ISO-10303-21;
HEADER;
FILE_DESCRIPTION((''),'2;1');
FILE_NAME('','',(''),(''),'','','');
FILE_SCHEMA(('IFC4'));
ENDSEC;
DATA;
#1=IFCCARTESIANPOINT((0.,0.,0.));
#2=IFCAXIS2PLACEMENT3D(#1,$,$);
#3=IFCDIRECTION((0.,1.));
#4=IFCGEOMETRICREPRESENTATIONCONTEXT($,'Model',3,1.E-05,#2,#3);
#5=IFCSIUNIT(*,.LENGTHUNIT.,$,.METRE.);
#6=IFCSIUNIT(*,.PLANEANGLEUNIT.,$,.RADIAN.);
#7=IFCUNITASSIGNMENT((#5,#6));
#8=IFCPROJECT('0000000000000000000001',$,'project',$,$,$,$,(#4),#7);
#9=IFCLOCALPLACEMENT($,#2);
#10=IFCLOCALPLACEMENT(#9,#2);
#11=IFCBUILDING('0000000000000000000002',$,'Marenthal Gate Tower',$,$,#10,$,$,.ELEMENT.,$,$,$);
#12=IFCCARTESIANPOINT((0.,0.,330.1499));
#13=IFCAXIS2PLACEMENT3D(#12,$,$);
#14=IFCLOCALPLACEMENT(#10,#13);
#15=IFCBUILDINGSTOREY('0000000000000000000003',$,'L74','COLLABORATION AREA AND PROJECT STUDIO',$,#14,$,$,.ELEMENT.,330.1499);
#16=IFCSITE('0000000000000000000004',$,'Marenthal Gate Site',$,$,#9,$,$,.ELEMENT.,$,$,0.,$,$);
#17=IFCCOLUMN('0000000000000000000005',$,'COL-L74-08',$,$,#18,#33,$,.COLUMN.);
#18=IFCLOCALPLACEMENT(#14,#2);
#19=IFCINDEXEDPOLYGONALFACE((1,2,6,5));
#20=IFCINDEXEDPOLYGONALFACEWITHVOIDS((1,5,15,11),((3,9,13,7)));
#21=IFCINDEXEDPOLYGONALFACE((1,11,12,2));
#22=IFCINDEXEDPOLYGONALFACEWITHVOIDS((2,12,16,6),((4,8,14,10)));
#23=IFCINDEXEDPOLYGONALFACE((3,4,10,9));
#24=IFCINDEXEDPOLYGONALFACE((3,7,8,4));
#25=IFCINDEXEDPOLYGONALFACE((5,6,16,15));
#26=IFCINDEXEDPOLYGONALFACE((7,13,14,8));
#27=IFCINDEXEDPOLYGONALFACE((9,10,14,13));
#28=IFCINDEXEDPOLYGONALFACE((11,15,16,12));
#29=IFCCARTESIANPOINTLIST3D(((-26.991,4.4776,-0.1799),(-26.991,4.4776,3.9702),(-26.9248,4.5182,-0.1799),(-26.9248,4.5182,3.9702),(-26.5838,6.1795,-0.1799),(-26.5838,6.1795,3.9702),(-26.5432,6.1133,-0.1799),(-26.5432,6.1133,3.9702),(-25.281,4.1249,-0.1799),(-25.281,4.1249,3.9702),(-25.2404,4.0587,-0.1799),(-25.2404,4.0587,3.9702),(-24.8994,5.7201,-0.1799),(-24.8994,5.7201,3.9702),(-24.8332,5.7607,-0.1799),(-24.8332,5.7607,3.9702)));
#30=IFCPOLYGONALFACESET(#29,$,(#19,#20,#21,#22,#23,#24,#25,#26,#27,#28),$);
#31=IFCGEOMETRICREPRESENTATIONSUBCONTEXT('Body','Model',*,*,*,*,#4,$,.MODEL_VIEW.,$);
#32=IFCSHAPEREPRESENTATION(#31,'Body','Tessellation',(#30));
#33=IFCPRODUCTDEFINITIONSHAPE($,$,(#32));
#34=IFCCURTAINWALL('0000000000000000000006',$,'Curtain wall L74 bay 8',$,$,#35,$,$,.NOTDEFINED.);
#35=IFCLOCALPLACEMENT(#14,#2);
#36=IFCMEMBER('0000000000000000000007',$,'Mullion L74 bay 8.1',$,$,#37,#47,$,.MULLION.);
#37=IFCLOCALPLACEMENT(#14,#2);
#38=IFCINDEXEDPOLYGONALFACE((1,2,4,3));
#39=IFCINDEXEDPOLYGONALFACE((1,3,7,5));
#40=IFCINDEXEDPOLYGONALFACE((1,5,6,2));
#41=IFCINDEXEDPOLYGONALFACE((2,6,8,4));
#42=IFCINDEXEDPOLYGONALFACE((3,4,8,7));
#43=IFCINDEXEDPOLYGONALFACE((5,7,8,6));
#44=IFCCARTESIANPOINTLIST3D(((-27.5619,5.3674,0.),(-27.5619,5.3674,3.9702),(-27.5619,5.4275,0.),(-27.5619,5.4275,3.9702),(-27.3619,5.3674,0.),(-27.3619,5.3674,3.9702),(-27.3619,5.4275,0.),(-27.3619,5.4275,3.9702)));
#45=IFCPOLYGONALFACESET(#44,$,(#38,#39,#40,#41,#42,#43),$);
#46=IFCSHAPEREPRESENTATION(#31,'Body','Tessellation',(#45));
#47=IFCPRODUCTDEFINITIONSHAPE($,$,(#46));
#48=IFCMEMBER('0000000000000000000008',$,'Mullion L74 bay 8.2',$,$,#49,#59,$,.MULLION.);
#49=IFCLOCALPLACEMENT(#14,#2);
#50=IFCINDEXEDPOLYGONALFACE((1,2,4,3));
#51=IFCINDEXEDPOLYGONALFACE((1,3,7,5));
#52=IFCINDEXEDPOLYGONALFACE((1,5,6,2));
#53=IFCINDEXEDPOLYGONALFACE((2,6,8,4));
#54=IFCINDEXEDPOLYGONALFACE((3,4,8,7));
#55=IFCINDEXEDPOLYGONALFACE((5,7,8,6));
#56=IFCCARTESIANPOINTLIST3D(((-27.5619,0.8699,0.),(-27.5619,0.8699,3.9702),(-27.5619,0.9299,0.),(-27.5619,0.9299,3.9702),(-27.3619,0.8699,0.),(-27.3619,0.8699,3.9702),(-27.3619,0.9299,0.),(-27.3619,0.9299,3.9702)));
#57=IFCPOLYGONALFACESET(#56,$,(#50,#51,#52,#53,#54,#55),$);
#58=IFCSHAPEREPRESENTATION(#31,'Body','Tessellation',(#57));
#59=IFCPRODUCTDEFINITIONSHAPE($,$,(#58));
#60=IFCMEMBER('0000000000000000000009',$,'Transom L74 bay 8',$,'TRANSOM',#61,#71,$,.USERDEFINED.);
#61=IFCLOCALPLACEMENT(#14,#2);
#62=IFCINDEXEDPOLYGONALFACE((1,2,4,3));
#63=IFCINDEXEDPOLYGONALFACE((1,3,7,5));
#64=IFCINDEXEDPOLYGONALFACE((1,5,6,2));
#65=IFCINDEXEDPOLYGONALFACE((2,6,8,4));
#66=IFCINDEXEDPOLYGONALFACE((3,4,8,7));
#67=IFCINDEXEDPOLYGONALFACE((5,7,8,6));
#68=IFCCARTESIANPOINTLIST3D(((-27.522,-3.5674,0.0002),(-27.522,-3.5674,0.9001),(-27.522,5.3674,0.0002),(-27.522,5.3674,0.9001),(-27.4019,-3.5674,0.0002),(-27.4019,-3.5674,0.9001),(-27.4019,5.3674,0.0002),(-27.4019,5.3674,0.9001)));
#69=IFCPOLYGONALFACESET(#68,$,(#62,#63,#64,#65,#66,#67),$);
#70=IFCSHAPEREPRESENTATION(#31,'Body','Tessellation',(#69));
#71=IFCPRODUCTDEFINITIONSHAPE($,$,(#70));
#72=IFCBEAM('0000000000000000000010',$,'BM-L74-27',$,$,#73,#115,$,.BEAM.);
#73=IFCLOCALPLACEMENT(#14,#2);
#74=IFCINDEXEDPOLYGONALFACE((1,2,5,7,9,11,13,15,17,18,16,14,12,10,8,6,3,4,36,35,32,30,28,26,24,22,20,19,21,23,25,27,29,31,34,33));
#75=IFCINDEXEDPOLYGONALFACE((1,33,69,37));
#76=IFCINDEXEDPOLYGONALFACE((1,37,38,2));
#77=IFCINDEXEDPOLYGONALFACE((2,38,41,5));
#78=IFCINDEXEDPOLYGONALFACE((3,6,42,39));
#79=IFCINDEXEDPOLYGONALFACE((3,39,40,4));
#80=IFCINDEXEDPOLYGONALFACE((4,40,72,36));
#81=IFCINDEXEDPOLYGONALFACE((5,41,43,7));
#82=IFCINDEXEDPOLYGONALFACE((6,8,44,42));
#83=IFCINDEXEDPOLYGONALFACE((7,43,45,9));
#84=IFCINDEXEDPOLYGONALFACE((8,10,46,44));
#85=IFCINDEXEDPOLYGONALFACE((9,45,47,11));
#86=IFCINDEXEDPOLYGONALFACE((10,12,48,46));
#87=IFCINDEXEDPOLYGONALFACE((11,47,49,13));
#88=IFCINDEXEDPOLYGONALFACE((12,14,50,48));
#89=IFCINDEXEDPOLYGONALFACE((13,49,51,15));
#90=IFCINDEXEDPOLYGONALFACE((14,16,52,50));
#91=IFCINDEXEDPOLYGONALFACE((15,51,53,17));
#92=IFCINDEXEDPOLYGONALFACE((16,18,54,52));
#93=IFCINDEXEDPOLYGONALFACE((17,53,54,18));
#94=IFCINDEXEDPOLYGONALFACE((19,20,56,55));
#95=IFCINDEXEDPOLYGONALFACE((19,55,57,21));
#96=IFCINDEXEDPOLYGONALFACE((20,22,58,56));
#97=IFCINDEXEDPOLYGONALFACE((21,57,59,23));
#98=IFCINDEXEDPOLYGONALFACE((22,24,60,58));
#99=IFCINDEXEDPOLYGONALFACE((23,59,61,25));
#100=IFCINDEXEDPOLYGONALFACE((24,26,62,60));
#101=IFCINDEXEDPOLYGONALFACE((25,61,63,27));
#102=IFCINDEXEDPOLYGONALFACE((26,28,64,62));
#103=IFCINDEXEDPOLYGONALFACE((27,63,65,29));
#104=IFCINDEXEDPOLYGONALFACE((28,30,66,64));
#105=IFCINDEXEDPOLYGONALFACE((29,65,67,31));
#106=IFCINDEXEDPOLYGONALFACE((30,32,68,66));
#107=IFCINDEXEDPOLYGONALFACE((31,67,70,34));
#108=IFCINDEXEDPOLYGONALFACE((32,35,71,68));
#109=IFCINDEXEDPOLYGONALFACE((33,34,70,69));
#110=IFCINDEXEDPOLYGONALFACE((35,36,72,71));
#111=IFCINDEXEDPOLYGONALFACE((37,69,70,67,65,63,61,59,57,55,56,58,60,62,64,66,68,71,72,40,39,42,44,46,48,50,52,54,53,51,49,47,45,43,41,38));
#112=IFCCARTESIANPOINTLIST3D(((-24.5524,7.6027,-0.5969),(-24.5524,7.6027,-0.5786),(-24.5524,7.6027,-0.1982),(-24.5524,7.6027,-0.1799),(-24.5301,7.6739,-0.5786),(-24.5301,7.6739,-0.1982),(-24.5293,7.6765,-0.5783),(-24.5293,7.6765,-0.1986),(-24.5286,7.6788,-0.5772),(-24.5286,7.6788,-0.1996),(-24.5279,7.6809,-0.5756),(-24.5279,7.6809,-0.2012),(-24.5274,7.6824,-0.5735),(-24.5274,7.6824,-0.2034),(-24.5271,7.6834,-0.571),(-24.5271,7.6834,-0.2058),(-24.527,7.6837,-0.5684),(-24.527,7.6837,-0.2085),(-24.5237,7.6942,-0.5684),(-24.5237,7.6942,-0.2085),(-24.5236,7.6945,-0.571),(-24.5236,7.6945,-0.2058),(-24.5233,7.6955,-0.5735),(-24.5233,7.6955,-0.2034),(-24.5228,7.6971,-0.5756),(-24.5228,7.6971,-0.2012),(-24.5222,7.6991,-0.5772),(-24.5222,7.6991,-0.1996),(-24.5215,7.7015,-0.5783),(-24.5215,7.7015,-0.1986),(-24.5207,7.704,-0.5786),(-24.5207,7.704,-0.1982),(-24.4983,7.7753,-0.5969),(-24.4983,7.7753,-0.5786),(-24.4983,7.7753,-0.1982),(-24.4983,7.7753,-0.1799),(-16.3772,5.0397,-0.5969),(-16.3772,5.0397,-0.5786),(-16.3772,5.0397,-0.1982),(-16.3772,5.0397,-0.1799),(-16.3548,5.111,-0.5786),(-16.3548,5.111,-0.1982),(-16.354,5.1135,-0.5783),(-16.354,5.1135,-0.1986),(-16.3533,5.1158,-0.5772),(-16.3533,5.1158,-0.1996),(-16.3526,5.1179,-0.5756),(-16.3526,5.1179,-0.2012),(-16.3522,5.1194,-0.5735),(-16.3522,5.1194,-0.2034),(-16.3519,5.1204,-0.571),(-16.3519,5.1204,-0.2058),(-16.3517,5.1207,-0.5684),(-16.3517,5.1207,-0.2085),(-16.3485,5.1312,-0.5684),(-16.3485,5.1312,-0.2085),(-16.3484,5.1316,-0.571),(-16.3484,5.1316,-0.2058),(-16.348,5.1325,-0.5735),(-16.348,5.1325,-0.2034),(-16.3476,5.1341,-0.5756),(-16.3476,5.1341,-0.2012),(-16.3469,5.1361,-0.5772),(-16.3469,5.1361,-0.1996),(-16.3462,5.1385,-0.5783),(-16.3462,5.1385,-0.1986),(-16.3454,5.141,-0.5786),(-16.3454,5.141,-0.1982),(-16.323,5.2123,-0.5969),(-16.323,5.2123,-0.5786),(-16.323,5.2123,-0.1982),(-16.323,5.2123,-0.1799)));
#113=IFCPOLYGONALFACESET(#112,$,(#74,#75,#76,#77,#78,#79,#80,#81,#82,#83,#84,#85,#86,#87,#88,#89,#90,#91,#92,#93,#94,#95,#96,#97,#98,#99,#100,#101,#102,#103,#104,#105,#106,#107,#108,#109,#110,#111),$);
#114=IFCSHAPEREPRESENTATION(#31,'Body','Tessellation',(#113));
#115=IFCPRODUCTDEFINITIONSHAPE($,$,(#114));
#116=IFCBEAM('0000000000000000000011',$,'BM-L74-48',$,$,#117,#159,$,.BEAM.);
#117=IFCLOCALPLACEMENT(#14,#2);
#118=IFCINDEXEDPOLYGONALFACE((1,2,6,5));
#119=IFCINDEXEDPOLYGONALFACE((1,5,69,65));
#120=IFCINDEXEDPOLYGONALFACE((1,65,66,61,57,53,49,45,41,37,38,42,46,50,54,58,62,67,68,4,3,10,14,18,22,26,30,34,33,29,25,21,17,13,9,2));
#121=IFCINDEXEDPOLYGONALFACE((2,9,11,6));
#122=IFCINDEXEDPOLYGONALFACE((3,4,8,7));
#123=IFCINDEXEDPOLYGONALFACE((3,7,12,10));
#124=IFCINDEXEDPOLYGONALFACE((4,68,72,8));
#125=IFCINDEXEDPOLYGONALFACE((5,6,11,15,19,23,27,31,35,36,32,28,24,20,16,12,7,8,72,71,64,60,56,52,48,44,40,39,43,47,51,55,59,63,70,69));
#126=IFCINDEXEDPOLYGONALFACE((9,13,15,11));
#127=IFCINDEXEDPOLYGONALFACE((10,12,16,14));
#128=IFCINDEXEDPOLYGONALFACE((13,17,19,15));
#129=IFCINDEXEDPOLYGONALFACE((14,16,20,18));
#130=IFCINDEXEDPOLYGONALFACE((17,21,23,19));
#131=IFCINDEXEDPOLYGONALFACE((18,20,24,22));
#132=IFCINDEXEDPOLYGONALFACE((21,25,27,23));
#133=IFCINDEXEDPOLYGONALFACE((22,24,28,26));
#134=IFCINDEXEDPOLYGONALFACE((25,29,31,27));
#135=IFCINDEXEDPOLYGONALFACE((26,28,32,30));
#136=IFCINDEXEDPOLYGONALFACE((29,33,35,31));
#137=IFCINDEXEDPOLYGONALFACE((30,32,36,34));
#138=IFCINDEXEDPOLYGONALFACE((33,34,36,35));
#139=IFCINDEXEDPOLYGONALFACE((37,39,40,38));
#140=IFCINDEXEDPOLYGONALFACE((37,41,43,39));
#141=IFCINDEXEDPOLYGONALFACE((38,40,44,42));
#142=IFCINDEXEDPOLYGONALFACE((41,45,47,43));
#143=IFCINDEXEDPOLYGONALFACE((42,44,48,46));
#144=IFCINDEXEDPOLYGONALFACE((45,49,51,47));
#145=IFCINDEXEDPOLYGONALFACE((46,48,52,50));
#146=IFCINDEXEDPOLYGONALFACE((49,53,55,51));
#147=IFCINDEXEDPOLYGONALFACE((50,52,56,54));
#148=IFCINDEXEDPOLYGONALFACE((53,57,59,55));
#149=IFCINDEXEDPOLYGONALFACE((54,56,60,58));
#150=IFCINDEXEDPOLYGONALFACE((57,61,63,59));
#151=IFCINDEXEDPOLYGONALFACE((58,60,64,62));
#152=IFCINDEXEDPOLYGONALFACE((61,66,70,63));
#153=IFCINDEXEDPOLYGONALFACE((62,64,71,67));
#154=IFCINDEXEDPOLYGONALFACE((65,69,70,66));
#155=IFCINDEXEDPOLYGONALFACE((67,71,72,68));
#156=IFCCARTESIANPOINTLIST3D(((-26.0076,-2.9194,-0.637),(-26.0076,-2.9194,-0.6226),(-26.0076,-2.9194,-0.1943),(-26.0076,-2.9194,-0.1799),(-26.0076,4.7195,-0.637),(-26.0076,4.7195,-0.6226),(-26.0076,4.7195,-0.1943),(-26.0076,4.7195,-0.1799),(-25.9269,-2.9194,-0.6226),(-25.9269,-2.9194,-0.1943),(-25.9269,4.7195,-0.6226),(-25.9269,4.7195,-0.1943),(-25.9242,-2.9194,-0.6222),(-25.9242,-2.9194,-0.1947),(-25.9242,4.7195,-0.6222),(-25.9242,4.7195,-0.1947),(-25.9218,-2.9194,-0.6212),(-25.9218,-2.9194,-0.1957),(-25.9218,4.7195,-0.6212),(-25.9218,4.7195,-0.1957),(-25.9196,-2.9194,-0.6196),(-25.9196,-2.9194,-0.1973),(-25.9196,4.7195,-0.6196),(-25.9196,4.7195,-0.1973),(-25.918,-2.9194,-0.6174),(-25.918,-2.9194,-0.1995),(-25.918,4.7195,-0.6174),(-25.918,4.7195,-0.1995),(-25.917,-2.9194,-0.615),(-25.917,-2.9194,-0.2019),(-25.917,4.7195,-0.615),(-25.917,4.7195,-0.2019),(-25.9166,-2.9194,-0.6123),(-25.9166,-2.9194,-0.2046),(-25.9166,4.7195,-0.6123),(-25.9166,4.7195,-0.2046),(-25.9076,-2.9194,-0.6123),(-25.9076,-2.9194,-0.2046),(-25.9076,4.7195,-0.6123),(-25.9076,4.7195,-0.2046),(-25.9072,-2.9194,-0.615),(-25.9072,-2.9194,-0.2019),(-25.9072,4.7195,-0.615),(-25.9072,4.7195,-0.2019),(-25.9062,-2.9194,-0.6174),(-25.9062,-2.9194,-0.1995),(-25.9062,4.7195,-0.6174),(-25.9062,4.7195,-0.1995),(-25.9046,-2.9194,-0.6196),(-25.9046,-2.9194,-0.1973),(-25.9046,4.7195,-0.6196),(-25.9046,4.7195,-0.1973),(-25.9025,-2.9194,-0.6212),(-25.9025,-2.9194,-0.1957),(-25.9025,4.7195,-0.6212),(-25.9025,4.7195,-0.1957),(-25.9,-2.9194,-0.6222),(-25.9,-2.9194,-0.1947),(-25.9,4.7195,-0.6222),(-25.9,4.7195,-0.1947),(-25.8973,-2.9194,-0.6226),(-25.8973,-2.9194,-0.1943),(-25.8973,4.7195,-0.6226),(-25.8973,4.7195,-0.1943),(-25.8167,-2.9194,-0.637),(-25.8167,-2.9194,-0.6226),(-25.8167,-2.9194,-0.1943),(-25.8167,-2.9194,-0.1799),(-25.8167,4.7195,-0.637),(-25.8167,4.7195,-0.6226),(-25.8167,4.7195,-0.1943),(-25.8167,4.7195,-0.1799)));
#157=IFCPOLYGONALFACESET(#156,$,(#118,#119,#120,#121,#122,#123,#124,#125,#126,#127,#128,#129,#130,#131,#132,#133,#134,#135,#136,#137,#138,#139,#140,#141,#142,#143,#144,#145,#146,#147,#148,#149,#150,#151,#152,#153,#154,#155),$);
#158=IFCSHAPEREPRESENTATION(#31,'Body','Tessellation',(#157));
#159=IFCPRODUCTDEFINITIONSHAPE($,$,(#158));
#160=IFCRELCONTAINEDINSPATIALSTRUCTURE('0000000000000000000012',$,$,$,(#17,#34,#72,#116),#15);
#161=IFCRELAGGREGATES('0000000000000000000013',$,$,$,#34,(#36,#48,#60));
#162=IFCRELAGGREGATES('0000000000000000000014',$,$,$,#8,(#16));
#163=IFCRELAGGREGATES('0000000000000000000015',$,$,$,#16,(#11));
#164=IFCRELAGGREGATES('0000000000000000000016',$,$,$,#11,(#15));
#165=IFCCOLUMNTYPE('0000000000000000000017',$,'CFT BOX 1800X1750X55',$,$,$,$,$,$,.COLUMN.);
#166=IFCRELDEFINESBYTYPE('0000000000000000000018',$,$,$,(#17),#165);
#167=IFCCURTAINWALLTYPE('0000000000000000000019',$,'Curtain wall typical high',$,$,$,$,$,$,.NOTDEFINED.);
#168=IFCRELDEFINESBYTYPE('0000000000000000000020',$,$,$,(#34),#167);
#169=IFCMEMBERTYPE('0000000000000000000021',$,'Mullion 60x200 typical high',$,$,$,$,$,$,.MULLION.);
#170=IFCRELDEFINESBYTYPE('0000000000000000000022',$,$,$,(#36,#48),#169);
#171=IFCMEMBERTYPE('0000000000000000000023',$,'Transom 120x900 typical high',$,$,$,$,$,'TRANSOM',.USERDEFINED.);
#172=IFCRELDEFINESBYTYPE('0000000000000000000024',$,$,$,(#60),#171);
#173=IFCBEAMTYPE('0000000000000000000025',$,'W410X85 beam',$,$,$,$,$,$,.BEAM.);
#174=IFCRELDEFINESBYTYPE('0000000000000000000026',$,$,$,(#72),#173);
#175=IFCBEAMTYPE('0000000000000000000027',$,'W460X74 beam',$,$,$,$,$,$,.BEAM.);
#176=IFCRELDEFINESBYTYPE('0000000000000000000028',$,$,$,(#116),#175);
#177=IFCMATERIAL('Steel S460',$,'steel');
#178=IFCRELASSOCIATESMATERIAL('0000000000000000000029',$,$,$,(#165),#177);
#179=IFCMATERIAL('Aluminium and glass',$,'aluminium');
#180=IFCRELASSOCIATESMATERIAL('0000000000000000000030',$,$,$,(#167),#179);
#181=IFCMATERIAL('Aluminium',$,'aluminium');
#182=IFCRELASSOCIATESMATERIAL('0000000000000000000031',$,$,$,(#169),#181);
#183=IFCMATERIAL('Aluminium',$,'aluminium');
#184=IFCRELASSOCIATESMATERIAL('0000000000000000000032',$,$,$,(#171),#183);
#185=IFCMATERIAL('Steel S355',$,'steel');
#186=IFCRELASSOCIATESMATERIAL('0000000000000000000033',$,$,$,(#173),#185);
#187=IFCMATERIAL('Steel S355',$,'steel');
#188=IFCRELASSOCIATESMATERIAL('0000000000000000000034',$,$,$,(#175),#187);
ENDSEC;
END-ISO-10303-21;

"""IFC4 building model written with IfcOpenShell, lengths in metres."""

from ifc_helpers import new_model, si_unit, direction, frame, origin, origin_2d, place, context, subcontext, project, spatial, rectangle, hollow_rectangle, i_section, extrude, material, material_profile, profile_set, type_object, element, aggregate, save


model = new_model("IFC4")

# Units and contexts
model_context = context("Model", 3, precision=1e-05, world=origin(), true_north=direction((0.0, 1.0)))
body_context = subcontext(model_context, "Body", "Model", "MODEL_VIEW")
ifc_project = project(units=[si_unit("LENGTHUNIT", "METRE"), si_unit("PLANEANGLEUNIT", "RADIAN")], contexts=[model_context])

# Site, building, storey
site_placement = place(None, origin())
site = spatial("IfcSite", under=ifc_project, at=site_placement, Name="Marenthal Gate Site", CompositionType="ELEMENT", RefElevation=0.0)
building_placement = place(site_placement, origin())
building = spatial("IfcBuilding", under=site, at=building_placement, Name="Marenthal Gate Tower", CompositionType="ELEMENT")
storey_placement = place(building_placement, frame((0.0, 0.0, 330.1499)))
storey = spatial("IfcBuildingStorey", under=building, at=storey_placement, Name="L74", Description="COLLABORATION AREA AND PROJECT STUDIO", CompositionType="ELEMENT", Elevation=330.1499)

# Column
ifc_material_1 = material(Name="Steel S460", Category="steel")
ifc_material_profile_1 = material_profile(ifc_material_1, hollow_rectangle(XDim=1.75, YDim=1.8, WallThickness=0.0549, at=origin_2d()), Name="CFT BOX 1800X1750X55")
ifc_material_2 = material(Name="Concrete 70 MPa", Category="concrete")
ifc_material_profile_2 = material_profile(ifc_material_2, rectangle(XDim=1.6399, YDim=1.6899, at=origin_2d()), Name="CFT BOX 1800X1750X55 INFILL")
ifc_profile_set_1 = profile_set([ifc_material_profile_1, ifc_material_profile_2], Name="Steel S460 shell, Concrete 70 MPa infill")
column_type = type_object("IfcColumnType", Name="CFT BOX 1800X1750X55", PredefinedType="COLUMN", material=ifc_profile_set_1)
column_placement = place(storey_placement, frame((-25.9121, 5.1191, -0.1799), z_axis=(0.0, 0.0, 1.0), x_axis=(0.232677, 0.972554, 0.0)))
element("IfcColumn", 1, at=column_placement, inside=storey, type_object=column_type, Name="COL-L74-08", PredefinedType="COLUMN", context=body_context, shape_type="SweptSolid", body=[
    extrude(hollow_rectangle(XDim=1.75, YDim=1.8, WallThickness=0.0549, at=origin_2d()), origin(), (0.0, 0.0, 1.0), 4.1501),
])

# Curtain wall, members
ifc_material_3 = material(Name="Aluminium and glass", Category="aluminium")
curtain_wall_type = type_object("IfcCurtainWallType", Name="Curtain wall typical high", PredefinedType="NOTDEFINED", material=ifc_material_3)
curtain_wall_placement = place(storey_placement, origin())
curtain_wall = element("IfcCurtainWall", 2, at=curtain_wall_placement, inside=storey, type_object=curtain_wall_type, Name="Curtain wall L74 bay 8", PredefinedType="NOTDEFINED")
ifc_material_4 = material(Name="Aluminium", Category="aluminium")
ifc_material_profile_3 = material_profile(ifc_material_4, rectangle(XDim=0.2, YDim=0.0601, at=origin_2d()), Name="60x200 aluminium mullion")
ifc_profile_set_2 = profile_set([ifc_material_profile_3], Name="Aluminium")
member_type_1 = type_object("IfcMemberType", Name="Mullion 60x200 typical high", PredefinedType="MULLION", material=ifc_profile_set_2)
member_1_placement = place(storey_placement, frame((-27.4619, 5.3975, 0.0), z_axis=(0.0, 0.0, 1.0), x_axis=(1.0, 0.0, 0.0)))
member_1 = element("IfcMember", 3, at=member_1_placement, type_object=member_type_1, Name="Mullion L74 bay 8.1", PredefinedType="MULLION", context=body_context, shape_type="SweptSolid", body=[
    extrude(rectangle(XDim=0.2, YDim=0.0601, at=origin_2d()), origin(), (0.0, 0.0, 1.0), 3.9702),
])
member_2_placement = place(storey_placement, frame((-27.4619, 0.8999, 0.0), z_axis=(0.0, 0.0, 1.0), x_axis=(1.0, 0.0, 0.0)))
member_2 = element("IfcMember", 4, at=member_2_placement, type_object=member_type_1, Name="Mullion L74 bay 8.2", PredefinedType="MULLION", context=body_context, shape_type="SweptSolid", body=[
    extrude(rectangle(XDim=0.2, YDim=0.0601, at=origin_2d()), origin(), (0.0, 0.0, 1.0), 3.9702),
])
ifc_material_5 = material(Name="Aluminium", Category="aluminium")
ifc_material_profile_4 = material_profile(ifc_material_5, rectangle(XDim=0.1201, YDim=0.8999, at=origin_2d()), Name="120x900 aluminium transom")
ifc_profile_set_3 = profile_set([ifc_material_profile_4], Name="Aluminium")
member_type_2 = type_object("IfcMemberType", Name="Transom 120x900 typical high", ElementType="TRANSOM", PredefinedType="USERDEFINED", material=ifc_profile_set_3)
member_3_placement = place(storey_placement, frame((-27.4619, 5.3674, 0.4502), z_axis=(0.0, -1.0, 0.0), x_axis=(1.0, 0.0, 0.0)))
member_3 = element("IfcMember", 5, at=member_3_placement, type_object=member_type_2, Name="Transom L74 bay 8", ObjectType="TRANSOM", PredefinedType="USERDEFINED", context=body_context, shape_type="SweptSolid", body=[
    extrude(rectangle(XDim=0.1201, YDim=0.8999, at=origin_2d()), origin(), (0.0, 0.0, 1.0), 8.9348),
])

# Beams
ifc_material_6 = material(Name="Steel S355", Category="steel")
ifc_material_profile_5 = material_profile(ifc_material_6, i_section(OverallWidth=0.1809, OverallDepth=0.417, WebThickness=0.011, FlangeThickness=0.0183, FilletRadius=0.0103, at=origin_2d()), Name="W410X85")
ifc_profile_set_4 = profile_set([ifc_material_profile_5], Name="Steel S355")
beam_type_1 = type_object("IfcBeamType", Name="W410X85 beam", PredefinedType="BEAM", material=ifc_profile_set_4)
beam_1_placement = place(storey_placement, frame((-24.5254, 7.689, -0.3884), z_axis=(0.954207, -0.299148, 0.0), x_axis=(0.299148, 0.954207, 0.0)))
element("IfcBeam", 6, at=beam_1_placement, inside=storey, type_object=beam_type_1, Name="BM-L74-27", PredefinedType="BEAM", context=body_context, shape_type="SweptSolid", body=[
    extrude(i_section(OverallWidth=0.1809, OverallDepth=0.417, WebThickness=0.011, FlangeThickness=0.0183, FilletRadius=0.0103, at=origin_2d()), origin(), (0.0, 0.0, 1.0), 8.5676),
])
ifc_material_7 = material(Name="Steel S355", Category="steel")
ifc_material_profile_6 = material_profile(ifc_material_7, i_section(OverallWidth=0.1909, OverallDepth=0.457, WebThickness=0.009, FlangeThickness=0.0144, FilletRadius=0.0103, at=origin_2d()), Name="W460X74")
ifc_profile_set_5 = profile_set([ifc_material_profile_6], Name="Steel S355")
beam_type_2 = type_object("IfcBeamType", Name="W460X74 beam", PredefinedType="BEAM", material=ifc_profile_set_5)
beam_2_placement = place(storey_placement, frame((-25.9121, 4.7195, -0.4084), z_axis=(0.0, -1.0, 0.0), x_axis=(1.0, 0.0, 0.0)))
element("IfcBeam", 7, at=beam_2_placement, inside=storey, type_object=beam_type_2, Name="BM-L74-48", PredefinedType="BEAM", context=body_context, shape_type="SweptSolid", body=[
    extrude(i_section(OverallWidth=0.1909, OverallDepth=0.457, WebThickness=0.009, FlangeThickness=0.0144, FilletRadius=0.0103, at=origin_2d()), origin(), (0.0, 0.0, 1.0), 7.6389),
])

aggregate(curtain_wall, [member_1, member_2, member_3])

save(model, "model.ifc")
